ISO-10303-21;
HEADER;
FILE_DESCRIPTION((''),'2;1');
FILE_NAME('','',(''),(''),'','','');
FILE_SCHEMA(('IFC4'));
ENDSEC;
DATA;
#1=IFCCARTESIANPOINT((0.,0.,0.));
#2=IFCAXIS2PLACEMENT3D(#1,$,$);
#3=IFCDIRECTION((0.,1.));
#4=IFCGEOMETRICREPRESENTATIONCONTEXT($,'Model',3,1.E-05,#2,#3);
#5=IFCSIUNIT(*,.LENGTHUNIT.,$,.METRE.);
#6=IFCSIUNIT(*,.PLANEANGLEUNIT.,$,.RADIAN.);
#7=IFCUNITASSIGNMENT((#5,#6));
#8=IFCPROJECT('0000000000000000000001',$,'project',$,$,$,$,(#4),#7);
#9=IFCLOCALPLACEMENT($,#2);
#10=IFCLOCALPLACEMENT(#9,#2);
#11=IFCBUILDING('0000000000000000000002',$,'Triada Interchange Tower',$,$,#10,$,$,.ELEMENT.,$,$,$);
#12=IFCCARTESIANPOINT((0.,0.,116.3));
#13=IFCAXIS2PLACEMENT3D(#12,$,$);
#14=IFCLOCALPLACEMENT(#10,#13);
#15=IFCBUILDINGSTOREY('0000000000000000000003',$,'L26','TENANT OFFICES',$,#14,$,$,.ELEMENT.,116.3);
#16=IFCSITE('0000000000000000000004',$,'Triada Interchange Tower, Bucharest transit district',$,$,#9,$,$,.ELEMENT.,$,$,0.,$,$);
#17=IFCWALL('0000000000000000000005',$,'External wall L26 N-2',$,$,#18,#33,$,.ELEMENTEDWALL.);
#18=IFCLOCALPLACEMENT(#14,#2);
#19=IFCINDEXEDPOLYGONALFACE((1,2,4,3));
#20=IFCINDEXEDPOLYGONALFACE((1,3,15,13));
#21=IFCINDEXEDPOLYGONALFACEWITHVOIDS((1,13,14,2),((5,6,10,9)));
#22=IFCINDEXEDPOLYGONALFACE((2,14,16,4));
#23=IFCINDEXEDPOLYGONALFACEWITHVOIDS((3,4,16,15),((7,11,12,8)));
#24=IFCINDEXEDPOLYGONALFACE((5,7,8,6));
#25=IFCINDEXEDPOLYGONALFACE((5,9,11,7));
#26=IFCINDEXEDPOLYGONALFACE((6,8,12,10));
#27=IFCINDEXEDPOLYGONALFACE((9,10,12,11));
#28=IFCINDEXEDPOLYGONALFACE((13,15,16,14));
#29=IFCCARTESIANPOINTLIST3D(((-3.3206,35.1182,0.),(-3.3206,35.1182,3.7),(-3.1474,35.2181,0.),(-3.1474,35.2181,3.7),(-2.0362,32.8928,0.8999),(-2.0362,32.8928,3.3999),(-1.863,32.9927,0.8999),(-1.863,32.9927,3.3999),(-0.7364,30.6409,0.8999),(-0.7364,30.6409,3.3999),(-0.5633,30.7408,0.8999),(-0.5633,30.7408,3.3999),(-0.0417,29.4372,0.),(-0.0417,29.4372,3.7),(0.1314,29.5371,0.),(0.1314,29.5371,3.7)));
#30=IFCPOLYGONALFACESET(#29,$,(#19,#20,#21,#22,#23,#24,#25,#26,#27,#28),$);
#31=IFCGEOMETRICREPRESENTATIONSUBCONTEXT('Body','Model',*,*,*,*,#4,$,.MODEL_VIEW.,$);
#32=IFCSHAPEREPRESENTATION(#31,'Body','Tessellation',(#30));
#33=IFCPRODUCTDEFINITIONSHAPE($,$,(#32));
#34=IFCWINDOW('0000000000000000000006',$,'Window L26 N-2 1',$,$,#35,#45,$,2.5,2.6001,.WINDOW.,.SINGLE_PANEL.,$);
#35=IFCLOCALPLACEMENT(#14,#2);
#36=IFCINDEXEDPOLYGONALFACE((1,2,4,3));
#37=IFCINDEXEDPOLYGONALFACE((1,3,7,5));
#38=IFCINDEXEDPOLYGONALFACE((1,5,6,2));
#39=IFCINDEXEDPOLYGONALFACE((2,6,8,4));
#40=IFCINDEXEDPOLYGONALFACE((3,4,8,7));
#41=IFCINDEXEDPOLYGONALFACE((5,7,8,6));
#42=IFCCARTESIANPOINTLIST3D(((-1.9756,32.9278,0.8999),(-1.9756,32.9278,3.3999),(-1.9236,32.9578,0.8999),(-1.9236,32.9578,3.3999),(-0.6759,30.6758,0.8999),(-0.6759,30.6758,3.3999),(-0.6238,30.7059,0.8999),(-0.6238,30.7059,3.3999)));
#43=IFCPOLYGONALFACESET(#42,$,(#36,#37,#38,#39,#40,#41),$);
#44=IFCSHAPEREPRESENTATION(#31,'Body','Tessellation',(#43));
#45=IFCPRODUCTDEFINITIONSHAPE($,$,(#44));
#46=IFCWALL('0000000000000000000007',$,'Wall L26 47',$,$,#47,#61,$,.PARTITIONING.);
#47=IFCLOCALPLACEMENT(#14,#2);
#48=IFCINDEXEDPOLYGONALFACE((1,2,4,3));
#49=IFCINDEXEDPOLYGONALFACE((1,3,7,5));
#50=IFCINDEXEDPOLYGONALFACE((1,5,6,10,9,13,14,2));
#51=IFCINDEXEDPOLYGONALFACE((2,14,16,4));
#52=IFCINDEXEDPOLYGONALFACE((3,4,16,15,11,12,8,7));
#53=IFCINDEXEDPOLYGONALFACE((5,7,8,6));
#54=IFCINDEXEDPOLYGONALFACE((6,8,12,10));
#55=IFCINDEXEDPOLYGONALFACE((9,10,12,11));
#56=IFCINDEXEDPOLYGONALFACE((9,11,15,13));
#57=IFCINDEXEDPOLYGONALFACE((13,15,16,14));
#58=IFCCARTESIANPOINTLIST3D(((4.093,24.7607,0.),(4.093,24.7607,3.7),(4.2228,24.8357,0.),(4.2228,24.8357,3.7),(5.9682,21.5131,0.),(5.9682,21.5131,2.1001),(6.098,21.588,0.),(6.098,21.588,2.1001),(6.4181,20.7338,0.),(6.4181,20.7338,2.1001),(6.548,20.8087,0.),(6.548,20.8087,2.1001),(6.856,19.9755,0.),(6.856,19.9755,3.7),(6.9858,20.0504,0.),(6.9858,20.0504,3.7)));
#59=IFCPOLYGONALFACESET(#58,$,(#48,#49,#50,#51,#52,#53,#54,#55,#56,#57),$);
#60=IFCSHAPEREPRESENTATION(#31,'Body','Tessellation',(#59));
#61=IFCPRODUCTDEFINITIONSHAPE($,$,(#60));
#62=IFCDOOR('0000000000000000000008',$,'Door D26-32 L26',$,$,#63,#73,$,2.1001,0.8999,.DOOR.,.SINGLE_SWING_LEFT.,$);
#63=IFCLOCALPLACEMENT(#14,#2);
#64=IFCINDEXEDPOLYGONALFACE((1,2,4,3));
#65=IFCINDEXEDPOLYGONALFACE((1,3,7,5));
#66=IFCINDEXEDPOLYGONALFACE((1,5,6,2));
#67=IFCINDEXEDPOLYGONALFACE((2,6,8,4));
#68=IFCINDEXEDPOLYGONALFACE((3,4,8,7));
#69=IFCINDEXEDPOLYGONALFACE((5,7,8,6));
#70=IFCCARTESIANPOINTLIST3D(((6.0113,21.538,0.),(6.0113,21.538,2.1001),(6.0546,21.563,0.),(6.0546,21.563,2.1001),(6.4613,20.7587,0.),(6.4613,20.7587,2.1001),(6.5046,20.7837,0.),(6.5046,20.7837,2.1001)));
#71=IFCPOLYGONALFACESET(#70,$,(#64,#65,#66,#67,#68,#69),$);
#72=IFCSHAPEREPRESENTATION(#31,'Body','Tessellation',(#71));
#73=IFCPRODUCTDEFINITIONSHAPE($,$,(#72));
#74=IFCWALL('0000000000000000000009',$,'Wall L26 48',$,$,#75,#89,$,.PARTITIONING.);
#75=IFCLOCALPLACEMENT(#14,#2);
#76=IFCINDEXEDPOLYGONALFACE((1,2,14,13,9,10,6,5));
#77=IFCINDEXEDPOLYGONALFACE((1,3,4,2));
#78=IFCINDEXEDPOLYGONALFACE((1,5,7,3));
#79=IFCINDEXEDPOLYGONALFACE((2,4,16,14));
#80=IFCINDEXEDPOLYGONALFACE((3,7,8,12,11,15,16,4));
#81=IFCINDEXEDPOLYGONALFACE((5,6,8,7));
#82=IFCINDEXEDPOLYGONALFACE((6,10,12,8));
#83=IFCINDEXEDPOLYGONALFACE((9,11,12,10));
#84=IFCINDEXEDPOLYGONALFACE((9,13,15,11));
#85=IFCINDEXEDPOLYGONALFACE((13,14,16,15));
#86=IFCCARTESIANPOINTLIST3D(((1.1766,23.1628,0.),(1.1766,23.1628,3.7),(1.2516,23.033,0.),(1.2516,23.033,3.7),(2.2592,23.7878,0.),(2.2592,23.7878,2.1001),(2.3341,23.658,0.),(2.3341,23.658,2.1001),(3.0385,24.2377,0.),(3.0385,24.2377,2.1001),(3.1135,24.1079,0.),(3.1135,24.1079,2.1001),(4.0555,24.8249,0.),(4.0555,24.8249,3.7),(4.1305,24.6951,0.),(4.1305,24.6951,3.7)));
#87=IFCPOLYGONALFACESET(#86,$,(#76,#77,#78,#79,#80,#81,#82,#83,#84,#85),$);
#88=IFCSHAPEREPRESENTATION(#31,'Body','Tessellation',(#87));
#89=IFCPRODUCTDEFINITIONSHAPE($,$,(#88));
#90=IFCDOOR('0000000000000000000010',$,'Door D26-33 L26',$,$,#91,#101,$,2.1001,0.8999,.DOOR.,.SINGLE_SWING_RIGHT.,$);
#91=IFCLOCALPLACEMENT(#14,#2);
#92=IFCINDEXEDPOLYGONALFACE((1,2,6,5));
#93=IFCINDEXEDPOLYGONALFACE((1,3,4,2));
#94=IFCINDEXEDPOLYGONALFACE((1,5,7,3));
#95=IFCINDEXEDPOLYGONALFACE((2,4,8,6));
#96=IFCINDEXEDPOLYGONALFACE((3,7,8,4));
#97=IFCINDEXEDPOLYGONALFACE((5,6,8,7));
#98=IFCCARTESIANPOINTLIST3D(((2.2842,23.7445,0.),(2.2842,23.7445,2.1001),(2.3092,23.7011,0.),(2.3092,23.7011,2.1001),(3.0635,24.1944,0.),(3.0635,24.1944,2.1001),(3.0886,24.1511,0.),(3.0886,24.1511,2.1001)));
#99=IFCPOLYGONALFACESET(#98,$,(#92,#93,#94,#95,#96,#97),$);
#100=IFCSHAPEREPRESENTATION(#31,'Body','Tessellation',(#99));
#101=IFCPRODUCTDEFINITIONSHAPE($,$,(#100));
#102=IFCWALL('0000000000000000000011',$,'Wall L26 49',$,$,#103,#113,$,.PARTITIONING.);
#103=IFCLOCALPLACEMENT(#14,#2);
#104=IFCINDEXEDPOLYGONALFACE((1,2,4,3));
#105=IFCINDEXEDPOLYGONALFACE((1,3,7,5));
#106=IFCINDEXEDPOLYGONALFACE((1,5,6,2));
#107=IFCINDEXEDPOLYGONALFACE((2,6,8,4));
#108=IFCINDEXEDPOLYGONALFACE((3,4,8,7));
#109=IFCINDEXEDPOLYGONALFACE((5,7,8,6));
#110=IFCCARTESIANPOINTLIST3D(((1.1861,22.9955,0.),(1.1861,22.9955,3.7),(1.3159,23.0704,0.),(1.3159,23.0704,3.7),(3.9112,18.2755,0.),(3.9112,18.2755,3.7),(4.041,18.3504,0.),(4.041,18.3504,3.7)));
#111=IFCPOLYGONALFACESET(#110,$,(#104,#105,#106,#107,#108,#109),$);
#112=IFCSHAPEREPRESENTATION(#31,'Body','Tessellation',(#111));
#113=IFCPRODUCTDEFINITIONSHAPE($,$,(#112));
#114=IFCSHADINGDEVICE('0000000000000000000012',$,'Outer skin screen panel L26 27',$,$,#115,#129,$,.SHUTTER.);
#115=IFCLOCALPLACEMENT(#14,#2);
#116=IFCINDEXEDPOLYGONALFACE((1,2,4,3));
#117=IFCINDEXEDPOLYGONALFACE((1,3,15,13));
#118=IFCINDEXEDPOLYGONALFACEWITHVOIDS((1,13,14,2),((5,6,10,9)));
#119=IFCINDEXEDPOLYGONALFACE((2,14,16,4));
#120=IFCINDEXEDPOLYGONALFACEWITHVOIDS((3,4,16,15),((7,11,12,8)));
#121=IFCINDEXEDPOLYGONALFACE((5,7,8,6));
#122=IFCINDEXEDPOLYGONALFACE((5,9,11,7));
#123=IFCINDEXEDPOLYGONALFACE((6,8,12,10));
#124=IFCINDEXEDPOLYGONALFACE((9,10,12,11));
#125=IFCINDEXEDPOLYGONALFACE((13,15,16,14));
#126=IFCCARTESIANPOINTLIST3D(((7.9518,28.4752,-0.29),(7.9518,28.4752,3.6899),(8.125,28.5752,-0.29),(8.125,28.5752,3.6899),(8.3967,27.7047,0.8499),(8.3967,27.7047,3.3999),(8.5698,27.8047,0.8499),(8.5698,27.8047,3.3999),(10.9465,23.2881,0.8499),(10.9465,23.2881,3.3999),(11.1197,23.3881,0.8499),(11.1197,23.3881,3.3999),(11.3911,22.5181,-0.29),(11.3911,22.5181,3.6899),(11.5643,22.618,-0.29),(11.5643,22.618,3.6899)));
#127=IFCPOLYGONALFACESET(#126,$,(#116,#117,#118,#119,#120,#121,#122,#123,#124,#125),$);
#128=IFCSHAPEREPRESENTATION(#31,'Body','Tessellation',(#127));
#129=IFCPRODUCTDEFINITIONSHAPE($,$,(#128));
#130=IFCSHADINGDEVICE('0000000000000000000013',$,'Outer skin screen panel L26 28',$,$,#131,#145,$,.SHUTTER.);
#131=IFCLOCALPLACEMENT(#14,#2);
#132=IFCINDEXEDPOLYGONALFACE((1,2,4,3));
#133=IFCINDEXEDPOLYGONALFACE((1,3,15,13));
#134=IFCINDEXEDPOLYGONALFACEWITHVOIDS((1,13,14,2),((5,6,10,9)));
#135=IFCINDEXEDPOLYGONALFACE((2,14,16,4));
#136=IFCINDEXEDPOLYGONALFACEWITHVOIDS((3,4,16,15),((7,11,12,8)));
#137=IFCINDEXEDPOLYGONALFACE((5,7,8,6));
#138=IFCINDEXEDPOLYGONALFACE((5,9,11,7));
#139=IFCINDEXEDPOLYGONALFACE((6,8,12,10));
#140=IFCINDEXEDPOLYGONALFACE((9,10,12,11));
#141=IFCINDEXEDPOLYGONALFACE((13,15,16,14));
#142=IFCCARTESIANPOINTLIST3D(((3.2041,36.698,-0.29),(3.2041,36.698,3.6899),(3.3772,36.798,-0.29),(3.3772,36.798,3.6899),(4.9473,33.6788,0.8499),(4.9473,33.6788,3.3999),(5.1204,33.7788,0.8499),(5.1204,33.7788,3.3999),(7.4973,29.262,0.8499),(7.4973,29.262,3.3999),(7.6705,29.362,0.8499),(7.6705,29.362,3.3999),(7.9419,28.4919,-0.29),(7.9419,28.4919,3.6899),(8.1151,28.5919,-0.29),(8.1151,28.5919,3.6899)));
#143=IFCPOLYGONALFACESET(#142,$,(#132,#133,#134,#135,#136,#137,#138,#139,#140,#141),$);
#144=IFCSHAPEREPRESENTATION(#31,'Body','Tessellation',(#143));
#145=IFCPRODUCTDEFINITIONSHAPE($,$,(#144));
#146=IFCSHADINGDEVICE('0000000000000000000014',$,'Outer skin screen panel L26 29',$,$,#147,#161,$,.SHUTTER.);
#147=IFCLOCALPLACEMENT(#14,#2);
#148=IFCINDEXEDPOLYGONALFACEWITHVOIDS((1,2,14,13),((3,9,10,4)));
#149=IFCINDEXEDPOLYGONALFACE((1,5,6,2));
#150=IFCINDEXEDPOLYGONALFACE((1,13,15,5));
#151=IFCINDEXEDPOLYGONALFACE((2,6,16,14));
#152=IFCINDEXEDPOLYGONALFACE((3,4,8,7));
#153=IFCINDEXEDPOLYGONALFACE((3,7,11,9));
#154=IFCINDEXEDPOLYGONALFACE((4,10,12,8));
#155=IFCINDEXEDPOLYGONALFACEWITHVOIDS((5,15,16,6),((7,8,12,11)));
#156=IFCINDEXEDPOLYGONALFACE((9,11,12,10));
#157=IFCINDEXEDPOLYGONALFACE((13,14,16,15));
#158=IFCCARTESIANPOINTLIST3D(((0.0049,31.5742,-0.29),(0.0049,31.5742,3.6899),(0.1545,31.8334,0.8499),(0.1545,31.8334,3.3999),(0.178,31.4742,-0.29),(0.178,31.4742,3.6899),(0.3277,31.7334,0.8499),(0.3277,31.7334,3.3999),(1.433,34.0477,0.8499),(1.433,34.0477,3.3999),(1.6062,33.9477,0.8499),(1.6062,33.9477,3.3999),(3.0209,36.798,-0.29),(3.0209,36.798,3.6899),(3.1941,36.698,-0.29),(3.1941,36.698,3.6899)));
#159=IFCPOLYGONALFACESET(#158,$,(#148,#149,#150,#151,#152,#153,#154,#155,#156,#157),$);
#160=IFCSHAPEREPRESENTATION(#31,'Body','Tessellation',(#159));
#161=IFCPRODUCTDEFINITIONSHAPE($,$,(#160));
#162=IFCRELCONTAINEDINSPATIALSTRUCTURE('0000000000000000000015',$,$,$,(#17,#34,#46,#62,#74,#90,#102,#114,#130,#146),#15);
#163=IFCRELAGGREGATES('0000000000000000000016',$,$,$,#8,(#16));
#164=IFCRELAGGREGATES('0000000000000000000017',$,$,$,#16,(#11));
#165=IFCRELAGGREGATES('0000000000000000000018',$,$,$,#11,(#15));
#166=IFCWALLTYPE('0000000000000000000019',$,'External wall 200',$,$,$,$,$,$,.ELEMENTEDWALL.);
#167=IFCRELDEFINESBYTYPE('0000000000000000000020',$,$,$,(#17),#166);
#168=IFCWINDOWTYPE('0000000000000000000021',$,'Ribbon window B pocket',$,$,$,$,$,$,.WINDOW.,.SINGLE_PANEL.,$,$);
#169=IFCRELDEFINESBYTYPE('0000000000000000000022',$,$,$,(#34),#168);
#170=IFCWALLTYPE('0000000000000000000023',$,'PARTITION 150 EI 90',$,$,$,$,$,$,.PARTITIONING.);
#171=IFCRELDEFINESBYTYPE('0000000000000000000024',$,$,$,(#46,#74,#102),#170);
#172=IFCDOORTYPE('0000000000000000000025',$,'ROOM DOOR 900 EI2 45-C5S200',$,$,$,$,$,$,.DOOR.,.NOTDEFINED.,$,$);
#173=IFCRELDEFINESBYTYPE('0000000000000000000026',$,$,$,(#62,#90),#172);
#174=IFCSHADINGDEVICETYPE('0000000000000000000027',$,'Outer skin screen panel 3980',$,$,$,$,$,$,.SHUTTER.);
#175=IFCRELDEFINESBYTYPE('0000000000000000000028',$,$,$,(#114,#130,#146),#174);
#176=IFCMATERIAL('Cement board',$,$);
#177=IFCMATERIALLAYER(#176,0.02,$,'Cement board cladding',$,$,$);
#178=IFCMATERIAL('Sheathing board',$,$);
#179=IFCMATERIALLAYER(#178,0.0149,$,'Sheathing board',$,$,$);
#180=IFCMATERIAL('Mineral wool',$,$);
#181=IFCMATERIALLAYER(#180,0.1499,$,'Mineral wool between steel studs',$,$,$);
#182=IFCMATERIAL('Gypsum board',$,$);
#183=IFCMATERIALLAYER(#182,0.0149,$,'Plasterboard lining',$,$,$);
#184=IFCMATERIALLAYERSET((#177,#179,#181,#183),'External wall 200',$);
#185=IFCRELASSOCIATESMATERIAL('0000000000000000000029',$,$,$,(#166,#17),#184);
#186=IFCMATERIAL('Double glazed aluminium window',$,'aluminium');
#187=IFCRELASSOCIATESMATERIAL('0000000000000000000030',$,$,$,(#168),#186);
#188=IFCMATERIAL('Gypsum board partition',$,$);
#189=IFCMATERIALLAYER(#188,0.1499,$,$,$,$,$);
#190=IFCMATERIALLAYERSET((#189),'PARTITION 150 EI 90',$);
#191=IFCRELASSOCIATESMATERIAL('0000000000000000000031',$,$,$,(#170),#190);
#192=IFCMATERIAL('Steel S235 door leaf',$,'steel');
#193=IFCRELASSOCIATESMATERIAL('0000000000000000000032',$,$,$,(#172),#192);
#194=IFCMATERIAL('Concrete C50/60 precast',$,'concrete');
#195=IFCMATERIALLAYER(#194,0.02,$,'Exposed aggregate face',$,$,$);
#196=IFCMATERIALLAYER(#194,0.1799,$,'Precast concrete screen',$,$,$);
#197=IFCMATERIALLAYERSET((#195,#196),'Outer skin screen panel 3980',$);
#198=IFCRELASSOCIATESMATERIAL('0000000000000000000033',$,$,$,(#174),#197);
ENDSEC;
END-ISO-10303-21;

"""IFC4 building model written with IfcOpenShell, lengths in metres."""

from ifc_helpers import new_model, si_unit, direction, frame, frame_2d, origin, place, context, subcontext, project, spatial, polyline, rectangle, outline, extrude, material, layer, layer_set, layer_usage, type_object, element, fill, save


model = new_model("IFC4")

# Units and contexts
model_context = context("Model", 3, precision=1e-05, world=origin(), true_north=direction((0.0, 1.0)))
body_context = subcontext(model_context, "Body", "Model", "MODEL_VIEW")
ifc_project = project(units=[si_unit("LENGTHUNIT", "METRE"), si_unit("PLANEANGLEUNIT", "RADIAN")], contexts=[model_context])

# Site, building, storey
site_placement = place(None, origin())
site = spatial("IfcSite", under=ifc_project, at=site_placement, Name="Triada Interchange Tower, Bucharest transit district", CompositionType="ELEMENT", RefElevation=0.0)
building_placement = place(site_placement, origin())
building = spatial("IfcBuilding", under=site, at=building_placement, Name="Triada Interchange Tower", CompositionType="ELEMENT")
storey_placement = place(building_placement, frame((0.0, 0.0, 116.3)))
storey = spatial("IfcBuildingStorey", under=building, at=storey_placement, Name="L26", Description="TENANT OFFICES", CompositionType="ELEMENT", Elevation=116.3)

# Wall, opening, window
ifc_material_1 = material(Name="Cement board")
ifc_layer_1 = layer(ifc_material_1, 0.02, Name="Cement board cladding")
ifc_material_2 = material(Name="Sheathing board")
ifc_layer_2 = layer(ifc_material_2, 0.0149, Name="Sheathing board")
ifc_material_3 = material(Name="Mineral wool")
ifc_layer_3 = layer(ifc_material_3, 0.1499, Name="Mineral wool between steel studs")
ifc_material_4 = material(Name="Gypsum board")
ifc_layer_4 = layer(ifc_material_4, 0.0149, Name="Plasterboard lining")
ifc_layer_set_1 = layer_set([ifc_layer_1, ifc_layer_2, ifc_layer_3, ifc_layer_4], Name="External wall 200")
ifc_layer_usage = layer_usage(ifc_layer_set_1, "AXIS2", "POSITIVE", -0.1001)
wall_type_1 = type_object("IfcWallType", Name="External wall 200", PredefinedType="ELEMENTEDWALL", material=ifc_layer_set_1)
ifc_material_5 = material(Name="Double glazed aluminium window", Category="aluminium")
window_type = type_object("IfcWindowType", Name="Ribbon window B pocket", PartitioningType="SINGLE_PANEL", PredefinedType="WINDOW", material=ifc_material_5)
wall_1_placement = place(storey_placement, frame((0.0449, 29.4871, 0.0), z_axis=(0.0, 0.0, 1.0), x_axis=(-0.499878, 0.866096, 0.0)))
wall_1 = element("IfcWall", 1, at=wall_1_placement, inside=storey, type_object=wall_type_1, material=ifc_layer_usage, Name="External wall L26 N-2", PredefinedType="ELEMENTEDWALL", context=body_context, shape_type="SweptSolid", body=[
    extrude(rectangle(XDim=6.5593, YDim=0.2, at=frame_2d((3.2798, 0.0))), origin(), (0.0, 0.0, 1.0), 3.7),
])
opening_1_placement = place(wall_1_placement, frame((1.3899, 0.0, 0.8999)))
opening_1 = element("IfcOpeningElement", 2, at=opening_1_placement, cuts=wall_1, PredefinedType="OPENING", context=body_context, shape_type="SweptSolid", body=[
    extrude(rectangle(XDim=2.6001, YDim=2.5, at=frame_2d((1.3, 1.25))), frame((0.0, 0.1099, 0.0), z_axis=(0.0, -1.0, 0.0), x_axis=(1.0, 0.0, 0.0)), (0.0, 0.0, 1.0), 0.22),
])
window_1_placement = place(opening_1_placement, origin())
window_1 = element("IfcWindow", 3, at=window_1_placement, inside=storey, type_object=window_type, Name="Window L26 N-2 1", OverallHeight=2.5, OverallWidth=2.6001, PartitioningType="SINGLE_PANEL", PredefinedType="WINDOW", context=body_context, shape_type="SweptSolid", body=[
    extrude(rectangle(XDim=2.6001, YDim=2.5, at=frame_2d((1.3, 1.25))), frame((0.0, 0.03, 0.0), z_axis=(0.0, -1.0, 0.0), x_axis=(1.0, 0.0, 0.0)), (0.0, 0.0, 1.0), 0.0601),
])
fill(opening_1, window_1)

# Walls, openings, doors
ifc_material_6 = material(Name="Gypsum board partition")
ifc_layer_5 = layer(ifc_material_6, 0.1499)
ifc_layer_set_2 = layer_set([ifc_layer_5], Name="PARTITION 150 EI 90")
wall_type_2 = type_object("IfcWallType", Name="PARTITION 150 EI 90", PredefinedType="PARTITIONING", material=ifc_layer_set_2)
wall_2_placement = place(storey_placement, frame((4.158, 24.7981, 0.0), z_axis=(0.0, 0.0, 1.0), x_axis=(0.500031, -0.866008, 0.0)))
wall_2 = element("IfcWall", 4, at=wall_2_placement, inside=storey, type_object=wall_type_2, Name="Wall L26 47", PredefinedType="PARTITIONING", context=body_context, shape_type="SweptSolid", body=[
    extrude(rectangle(XDim=5.5256, YDim=0.1499, at=frame_2d((2.7627, 0.0))), origin(), (0.0, 0.0, 1.0), 3.7),
])
opening_2_placement = place(wall_2_placement, frame((3.75, 0.0, 0.0)))
opening_2 = element("IfcOpeningElement", 5, at=opening_2_placement, cuts=wall_2, PredefinedType="OPENING", context=body_context, shape_type="SweptSolid", body=[
    extrude(rectangle(XDim=0.8999, YDim=2.1001, at=frame_2d((0.45, 1.05))), frame((0.0, 0.085, 0.0), z_axis=(0.0, -1.0, 0.0), x_axis=(1.0, 0.0, 0.0)), (0.0, 0.0, 1.0), 0.1699),
])
ifc_material_7 = material(Name="Steel S235 door leaf", Category="steel")
door_type = type_object("IfcDoorType", Name="ROOM DOOR 900 EI2 45-C5S200", OperationType="NOTDEFINED", PredefinedType="DOOR", material=ifc_material_7)
door_1_placement = place(opening_2_placement, origin())
door_1 = element("IfcDoor", 6, at=door_1_placement, inside=storey, type_object=door_type, Name="Door D26-32 L26", OperationType="SINGLE_SWING_LEFT", OverallHeight=2.1001, OverallWidth=0.8999, PredefinedType="DOOR", context=body_context, shape_type="SweptSolid", body=[
    extrude(rectangle(XDim=0.8999, YDim=2.1001, at=frame_2d((0.45, 1.05))), frame((0.0, 0.0249, 0.0), z_axis=(0.0, -1.0, 0.0), x_axis=(1.0, 0.0, 0.0)), (0.0, 0.0, 1.0), 0.05),
])
fill(opening_2, door_1)
wall_3_placement = place(storey_placement, frame((1.2141, 23.0979, 0.0), z_axis=(0.0, 0.0, 1.0), x_axis=(0.866029, 0.499994, 0.0)))
wall_3 = element("IfcWall", 7, at=wall_3_placement, inside=storey, type_object=wall_type_2, Name="Wall L26 48", PredefinedType="PARTITIONING", context=body_context, shape_type="SweptSolid", body=[
    extrude(rectangle(XDim=3.3242, YDim=0.1499, at=frame_2d((1.6621, 0.0))), origin(), (0.0, 0.0, 1.0), 3.7),
])
opening_3_placement = place(wall_3_placement, frame((1.25, 0.0, 0.0)))
opening_3 = element("IfcOpeningElement", 8, at=opening_3_placement, cuts=wall_3, PredefinedType="OPENING", context=body_context, shape_type="SweptSolid", body=[
    extrude(rectangle(XDim=0.8999, YDim=2.1001, at=frame_2d((0.45, 1.05))), frame((0.0, 0.085, 0.0), z_axis=(0.0, -1.0, 0.0), x_axis=(1.0, 0.0, 0.0)), (0.0, 0.0, 1.0), 0.1699),
])
door_2_placement = place(opening_3_placement, origin())
door_2 = element("IfcDoor", 9, at=door_2_placement, inside=storey, type_object=door_type, Name="Door D26-33 L26", OperationType="SINGLE_SWING_RIGHT", OverallHeight=2.1001, OverallWidth=0.8999, PredefinedType="DOOR", context=body_context, shape_type="SweptSolid", body=[
    extrude(rectangle(XDim=0.8999, YDim=2.1001, at=frame_2d((0.45, 1.05))), frame((0.0, 0.0249, 0.0), z_axis=(0.0, -1.0, 0.0), x_axis=(1.0, 0.0, 0.0)), (0.0, 0.0, 1.0), 0.05),
])
fill(opening_3, door_2)

# Wall
wall_4_placement = place(storey_placement, frame((1.251, 23.033, 0.0), z_axis=(0.0, 0.0, 1.0), x_axis=(0.500003, -0.866024, 0.0)))
element("IfcWall", 10, at=wall_4_placement, inside=storey, type_object=wall_type_2, Name="Wall L26 49", PredefinedType="PARTITIONING", context=body_context, shape_type="SweptSolid", body=[
    extrude(rectangle(XDim=5.4502, YDim=0.1499, at=frame_2d((2.7251, 0.0))), origin(), (0.0, 0.0, 1.0), 3.7),
])

# Shading devices
ifc_material_8 = material(Name="Concrete C50/60 precast", Category="concrete")
ifc_layer_6 = layer(ifc_material_8, 0.02, Name="Exposed aggregate face")
ifc_layer_7 = layer(ifc_material_8, 0.1799, Name="Precast concrete screen")
ifc_layer_set_3 = layer_set([ifc_layer_6, ifc_layer_7], Name="Outer skin screen panel 3980")
shading_device_type = type_object("IfcShadingDeviceType", Name="Outer skin screen panel 3980", PredefinedType="SHUTTER", material=ifc_layer_set_3)
shading_device_1_placement = place(storey_placement, frame((11.3911, 22.5181, -0.29), z_axis=(0.0, 0.0, 1.0), x_axis=(-0.499991, 0.866031, 0.0)))
element("IfcShadingDevice", 11, at=shading_device_1_placement, inside=storey, type_object=shading_device_type, Name="Outer skin screen panel L26 27", PredefinedType="SHUTTER", context=body_context, shape_type="SweptSolid", body=[
    extrude(outline(polyline([(0.0, 0.0), (6.8787, 0.0), (6.8787, 3.98), (0.0, 3.98), (0.0, 0.0)]), holes=[polyline([(0.8892, 1.1399), (0.8892, 3.6899), (5.989, 3.6899), (5.989, 1.1399), (0.8892, 1.1399)])]), frame((0.0, 0.0, 0.0), z_axis=(0.0, -1.0, 0.0), x_axis=(1.0, 0.0, 0.0)), (0.0, 0.0, 1.0), 0.2),
])
shading_device_2_placement = place(storey_placement, frame((7.9419, 28.4919, -0.29), z_axis=(0.0, 0.0, 1.0), x_axis=(-0.500002, 0.866024, 0.0)))
element("IfcShadingDevice", 12, at=shading_device_2_placement, inside=storey, type_object=shading_device_type, Name="Outer skin screen panel L26 28", PredefinedType="SHUTTER", context=body_context, shape_type="SweptSolid", body=[
    extrude(outline(polyline([(0.0, 0.0), (9.4756, 0.0), (9.4756, 3.98), (0.0, 3.98), (0.0, 0.0)]), holes=[polyline([(0.8892, 1.1399), (0.8892, 3.6899), (5.9893, 3.6899), (5.9893, 1.1399), (0.8892, 1.1399)])]), frame((0.0, 0.0, 0.0), z_axis=(0.0, -1.0, 0.0), x_axis=(1.0, 0.0, 0.0)), (0.0, 0.0, 1.0), 0.2),
])
shading_device_3_placement = place(storey_placement, frame((3.1941, 36.698, -0.29), z_axis=(0.0, 0.0, 1.0), x_axis=(-0.500013, -0.866018, 0.0)))
element("IfcShadingDevice", 13, at=shading_device_3_placement, inside=storey, type_object=shading_device_type, Name="Outer skin screen panel L26 29", PredefinedType="SHUTTER", context=body_context, shape_type="SweptSolid", body=[
    extrude(outline(polyline([(0.0, 0.0), (6.032, 0.0), (6.032, 3.98), (0.0, 3.98), (0.0, 0.0)]), holes=[polyline([(3.1758, 1.1399), (3.1758, 3.6899), (5.7327, 3.6899), (5.7327, 1.1399), (3.1758, 1.1399)])]), frame((0.0, 0.0, 0.0), z_axis=(0.0, -1.0, 0.0), x_axis=(1.0, 0.0, 0.0)), (0.0, 0.0, 1.0), 0.2),
])

save(model, "model.ifc")
